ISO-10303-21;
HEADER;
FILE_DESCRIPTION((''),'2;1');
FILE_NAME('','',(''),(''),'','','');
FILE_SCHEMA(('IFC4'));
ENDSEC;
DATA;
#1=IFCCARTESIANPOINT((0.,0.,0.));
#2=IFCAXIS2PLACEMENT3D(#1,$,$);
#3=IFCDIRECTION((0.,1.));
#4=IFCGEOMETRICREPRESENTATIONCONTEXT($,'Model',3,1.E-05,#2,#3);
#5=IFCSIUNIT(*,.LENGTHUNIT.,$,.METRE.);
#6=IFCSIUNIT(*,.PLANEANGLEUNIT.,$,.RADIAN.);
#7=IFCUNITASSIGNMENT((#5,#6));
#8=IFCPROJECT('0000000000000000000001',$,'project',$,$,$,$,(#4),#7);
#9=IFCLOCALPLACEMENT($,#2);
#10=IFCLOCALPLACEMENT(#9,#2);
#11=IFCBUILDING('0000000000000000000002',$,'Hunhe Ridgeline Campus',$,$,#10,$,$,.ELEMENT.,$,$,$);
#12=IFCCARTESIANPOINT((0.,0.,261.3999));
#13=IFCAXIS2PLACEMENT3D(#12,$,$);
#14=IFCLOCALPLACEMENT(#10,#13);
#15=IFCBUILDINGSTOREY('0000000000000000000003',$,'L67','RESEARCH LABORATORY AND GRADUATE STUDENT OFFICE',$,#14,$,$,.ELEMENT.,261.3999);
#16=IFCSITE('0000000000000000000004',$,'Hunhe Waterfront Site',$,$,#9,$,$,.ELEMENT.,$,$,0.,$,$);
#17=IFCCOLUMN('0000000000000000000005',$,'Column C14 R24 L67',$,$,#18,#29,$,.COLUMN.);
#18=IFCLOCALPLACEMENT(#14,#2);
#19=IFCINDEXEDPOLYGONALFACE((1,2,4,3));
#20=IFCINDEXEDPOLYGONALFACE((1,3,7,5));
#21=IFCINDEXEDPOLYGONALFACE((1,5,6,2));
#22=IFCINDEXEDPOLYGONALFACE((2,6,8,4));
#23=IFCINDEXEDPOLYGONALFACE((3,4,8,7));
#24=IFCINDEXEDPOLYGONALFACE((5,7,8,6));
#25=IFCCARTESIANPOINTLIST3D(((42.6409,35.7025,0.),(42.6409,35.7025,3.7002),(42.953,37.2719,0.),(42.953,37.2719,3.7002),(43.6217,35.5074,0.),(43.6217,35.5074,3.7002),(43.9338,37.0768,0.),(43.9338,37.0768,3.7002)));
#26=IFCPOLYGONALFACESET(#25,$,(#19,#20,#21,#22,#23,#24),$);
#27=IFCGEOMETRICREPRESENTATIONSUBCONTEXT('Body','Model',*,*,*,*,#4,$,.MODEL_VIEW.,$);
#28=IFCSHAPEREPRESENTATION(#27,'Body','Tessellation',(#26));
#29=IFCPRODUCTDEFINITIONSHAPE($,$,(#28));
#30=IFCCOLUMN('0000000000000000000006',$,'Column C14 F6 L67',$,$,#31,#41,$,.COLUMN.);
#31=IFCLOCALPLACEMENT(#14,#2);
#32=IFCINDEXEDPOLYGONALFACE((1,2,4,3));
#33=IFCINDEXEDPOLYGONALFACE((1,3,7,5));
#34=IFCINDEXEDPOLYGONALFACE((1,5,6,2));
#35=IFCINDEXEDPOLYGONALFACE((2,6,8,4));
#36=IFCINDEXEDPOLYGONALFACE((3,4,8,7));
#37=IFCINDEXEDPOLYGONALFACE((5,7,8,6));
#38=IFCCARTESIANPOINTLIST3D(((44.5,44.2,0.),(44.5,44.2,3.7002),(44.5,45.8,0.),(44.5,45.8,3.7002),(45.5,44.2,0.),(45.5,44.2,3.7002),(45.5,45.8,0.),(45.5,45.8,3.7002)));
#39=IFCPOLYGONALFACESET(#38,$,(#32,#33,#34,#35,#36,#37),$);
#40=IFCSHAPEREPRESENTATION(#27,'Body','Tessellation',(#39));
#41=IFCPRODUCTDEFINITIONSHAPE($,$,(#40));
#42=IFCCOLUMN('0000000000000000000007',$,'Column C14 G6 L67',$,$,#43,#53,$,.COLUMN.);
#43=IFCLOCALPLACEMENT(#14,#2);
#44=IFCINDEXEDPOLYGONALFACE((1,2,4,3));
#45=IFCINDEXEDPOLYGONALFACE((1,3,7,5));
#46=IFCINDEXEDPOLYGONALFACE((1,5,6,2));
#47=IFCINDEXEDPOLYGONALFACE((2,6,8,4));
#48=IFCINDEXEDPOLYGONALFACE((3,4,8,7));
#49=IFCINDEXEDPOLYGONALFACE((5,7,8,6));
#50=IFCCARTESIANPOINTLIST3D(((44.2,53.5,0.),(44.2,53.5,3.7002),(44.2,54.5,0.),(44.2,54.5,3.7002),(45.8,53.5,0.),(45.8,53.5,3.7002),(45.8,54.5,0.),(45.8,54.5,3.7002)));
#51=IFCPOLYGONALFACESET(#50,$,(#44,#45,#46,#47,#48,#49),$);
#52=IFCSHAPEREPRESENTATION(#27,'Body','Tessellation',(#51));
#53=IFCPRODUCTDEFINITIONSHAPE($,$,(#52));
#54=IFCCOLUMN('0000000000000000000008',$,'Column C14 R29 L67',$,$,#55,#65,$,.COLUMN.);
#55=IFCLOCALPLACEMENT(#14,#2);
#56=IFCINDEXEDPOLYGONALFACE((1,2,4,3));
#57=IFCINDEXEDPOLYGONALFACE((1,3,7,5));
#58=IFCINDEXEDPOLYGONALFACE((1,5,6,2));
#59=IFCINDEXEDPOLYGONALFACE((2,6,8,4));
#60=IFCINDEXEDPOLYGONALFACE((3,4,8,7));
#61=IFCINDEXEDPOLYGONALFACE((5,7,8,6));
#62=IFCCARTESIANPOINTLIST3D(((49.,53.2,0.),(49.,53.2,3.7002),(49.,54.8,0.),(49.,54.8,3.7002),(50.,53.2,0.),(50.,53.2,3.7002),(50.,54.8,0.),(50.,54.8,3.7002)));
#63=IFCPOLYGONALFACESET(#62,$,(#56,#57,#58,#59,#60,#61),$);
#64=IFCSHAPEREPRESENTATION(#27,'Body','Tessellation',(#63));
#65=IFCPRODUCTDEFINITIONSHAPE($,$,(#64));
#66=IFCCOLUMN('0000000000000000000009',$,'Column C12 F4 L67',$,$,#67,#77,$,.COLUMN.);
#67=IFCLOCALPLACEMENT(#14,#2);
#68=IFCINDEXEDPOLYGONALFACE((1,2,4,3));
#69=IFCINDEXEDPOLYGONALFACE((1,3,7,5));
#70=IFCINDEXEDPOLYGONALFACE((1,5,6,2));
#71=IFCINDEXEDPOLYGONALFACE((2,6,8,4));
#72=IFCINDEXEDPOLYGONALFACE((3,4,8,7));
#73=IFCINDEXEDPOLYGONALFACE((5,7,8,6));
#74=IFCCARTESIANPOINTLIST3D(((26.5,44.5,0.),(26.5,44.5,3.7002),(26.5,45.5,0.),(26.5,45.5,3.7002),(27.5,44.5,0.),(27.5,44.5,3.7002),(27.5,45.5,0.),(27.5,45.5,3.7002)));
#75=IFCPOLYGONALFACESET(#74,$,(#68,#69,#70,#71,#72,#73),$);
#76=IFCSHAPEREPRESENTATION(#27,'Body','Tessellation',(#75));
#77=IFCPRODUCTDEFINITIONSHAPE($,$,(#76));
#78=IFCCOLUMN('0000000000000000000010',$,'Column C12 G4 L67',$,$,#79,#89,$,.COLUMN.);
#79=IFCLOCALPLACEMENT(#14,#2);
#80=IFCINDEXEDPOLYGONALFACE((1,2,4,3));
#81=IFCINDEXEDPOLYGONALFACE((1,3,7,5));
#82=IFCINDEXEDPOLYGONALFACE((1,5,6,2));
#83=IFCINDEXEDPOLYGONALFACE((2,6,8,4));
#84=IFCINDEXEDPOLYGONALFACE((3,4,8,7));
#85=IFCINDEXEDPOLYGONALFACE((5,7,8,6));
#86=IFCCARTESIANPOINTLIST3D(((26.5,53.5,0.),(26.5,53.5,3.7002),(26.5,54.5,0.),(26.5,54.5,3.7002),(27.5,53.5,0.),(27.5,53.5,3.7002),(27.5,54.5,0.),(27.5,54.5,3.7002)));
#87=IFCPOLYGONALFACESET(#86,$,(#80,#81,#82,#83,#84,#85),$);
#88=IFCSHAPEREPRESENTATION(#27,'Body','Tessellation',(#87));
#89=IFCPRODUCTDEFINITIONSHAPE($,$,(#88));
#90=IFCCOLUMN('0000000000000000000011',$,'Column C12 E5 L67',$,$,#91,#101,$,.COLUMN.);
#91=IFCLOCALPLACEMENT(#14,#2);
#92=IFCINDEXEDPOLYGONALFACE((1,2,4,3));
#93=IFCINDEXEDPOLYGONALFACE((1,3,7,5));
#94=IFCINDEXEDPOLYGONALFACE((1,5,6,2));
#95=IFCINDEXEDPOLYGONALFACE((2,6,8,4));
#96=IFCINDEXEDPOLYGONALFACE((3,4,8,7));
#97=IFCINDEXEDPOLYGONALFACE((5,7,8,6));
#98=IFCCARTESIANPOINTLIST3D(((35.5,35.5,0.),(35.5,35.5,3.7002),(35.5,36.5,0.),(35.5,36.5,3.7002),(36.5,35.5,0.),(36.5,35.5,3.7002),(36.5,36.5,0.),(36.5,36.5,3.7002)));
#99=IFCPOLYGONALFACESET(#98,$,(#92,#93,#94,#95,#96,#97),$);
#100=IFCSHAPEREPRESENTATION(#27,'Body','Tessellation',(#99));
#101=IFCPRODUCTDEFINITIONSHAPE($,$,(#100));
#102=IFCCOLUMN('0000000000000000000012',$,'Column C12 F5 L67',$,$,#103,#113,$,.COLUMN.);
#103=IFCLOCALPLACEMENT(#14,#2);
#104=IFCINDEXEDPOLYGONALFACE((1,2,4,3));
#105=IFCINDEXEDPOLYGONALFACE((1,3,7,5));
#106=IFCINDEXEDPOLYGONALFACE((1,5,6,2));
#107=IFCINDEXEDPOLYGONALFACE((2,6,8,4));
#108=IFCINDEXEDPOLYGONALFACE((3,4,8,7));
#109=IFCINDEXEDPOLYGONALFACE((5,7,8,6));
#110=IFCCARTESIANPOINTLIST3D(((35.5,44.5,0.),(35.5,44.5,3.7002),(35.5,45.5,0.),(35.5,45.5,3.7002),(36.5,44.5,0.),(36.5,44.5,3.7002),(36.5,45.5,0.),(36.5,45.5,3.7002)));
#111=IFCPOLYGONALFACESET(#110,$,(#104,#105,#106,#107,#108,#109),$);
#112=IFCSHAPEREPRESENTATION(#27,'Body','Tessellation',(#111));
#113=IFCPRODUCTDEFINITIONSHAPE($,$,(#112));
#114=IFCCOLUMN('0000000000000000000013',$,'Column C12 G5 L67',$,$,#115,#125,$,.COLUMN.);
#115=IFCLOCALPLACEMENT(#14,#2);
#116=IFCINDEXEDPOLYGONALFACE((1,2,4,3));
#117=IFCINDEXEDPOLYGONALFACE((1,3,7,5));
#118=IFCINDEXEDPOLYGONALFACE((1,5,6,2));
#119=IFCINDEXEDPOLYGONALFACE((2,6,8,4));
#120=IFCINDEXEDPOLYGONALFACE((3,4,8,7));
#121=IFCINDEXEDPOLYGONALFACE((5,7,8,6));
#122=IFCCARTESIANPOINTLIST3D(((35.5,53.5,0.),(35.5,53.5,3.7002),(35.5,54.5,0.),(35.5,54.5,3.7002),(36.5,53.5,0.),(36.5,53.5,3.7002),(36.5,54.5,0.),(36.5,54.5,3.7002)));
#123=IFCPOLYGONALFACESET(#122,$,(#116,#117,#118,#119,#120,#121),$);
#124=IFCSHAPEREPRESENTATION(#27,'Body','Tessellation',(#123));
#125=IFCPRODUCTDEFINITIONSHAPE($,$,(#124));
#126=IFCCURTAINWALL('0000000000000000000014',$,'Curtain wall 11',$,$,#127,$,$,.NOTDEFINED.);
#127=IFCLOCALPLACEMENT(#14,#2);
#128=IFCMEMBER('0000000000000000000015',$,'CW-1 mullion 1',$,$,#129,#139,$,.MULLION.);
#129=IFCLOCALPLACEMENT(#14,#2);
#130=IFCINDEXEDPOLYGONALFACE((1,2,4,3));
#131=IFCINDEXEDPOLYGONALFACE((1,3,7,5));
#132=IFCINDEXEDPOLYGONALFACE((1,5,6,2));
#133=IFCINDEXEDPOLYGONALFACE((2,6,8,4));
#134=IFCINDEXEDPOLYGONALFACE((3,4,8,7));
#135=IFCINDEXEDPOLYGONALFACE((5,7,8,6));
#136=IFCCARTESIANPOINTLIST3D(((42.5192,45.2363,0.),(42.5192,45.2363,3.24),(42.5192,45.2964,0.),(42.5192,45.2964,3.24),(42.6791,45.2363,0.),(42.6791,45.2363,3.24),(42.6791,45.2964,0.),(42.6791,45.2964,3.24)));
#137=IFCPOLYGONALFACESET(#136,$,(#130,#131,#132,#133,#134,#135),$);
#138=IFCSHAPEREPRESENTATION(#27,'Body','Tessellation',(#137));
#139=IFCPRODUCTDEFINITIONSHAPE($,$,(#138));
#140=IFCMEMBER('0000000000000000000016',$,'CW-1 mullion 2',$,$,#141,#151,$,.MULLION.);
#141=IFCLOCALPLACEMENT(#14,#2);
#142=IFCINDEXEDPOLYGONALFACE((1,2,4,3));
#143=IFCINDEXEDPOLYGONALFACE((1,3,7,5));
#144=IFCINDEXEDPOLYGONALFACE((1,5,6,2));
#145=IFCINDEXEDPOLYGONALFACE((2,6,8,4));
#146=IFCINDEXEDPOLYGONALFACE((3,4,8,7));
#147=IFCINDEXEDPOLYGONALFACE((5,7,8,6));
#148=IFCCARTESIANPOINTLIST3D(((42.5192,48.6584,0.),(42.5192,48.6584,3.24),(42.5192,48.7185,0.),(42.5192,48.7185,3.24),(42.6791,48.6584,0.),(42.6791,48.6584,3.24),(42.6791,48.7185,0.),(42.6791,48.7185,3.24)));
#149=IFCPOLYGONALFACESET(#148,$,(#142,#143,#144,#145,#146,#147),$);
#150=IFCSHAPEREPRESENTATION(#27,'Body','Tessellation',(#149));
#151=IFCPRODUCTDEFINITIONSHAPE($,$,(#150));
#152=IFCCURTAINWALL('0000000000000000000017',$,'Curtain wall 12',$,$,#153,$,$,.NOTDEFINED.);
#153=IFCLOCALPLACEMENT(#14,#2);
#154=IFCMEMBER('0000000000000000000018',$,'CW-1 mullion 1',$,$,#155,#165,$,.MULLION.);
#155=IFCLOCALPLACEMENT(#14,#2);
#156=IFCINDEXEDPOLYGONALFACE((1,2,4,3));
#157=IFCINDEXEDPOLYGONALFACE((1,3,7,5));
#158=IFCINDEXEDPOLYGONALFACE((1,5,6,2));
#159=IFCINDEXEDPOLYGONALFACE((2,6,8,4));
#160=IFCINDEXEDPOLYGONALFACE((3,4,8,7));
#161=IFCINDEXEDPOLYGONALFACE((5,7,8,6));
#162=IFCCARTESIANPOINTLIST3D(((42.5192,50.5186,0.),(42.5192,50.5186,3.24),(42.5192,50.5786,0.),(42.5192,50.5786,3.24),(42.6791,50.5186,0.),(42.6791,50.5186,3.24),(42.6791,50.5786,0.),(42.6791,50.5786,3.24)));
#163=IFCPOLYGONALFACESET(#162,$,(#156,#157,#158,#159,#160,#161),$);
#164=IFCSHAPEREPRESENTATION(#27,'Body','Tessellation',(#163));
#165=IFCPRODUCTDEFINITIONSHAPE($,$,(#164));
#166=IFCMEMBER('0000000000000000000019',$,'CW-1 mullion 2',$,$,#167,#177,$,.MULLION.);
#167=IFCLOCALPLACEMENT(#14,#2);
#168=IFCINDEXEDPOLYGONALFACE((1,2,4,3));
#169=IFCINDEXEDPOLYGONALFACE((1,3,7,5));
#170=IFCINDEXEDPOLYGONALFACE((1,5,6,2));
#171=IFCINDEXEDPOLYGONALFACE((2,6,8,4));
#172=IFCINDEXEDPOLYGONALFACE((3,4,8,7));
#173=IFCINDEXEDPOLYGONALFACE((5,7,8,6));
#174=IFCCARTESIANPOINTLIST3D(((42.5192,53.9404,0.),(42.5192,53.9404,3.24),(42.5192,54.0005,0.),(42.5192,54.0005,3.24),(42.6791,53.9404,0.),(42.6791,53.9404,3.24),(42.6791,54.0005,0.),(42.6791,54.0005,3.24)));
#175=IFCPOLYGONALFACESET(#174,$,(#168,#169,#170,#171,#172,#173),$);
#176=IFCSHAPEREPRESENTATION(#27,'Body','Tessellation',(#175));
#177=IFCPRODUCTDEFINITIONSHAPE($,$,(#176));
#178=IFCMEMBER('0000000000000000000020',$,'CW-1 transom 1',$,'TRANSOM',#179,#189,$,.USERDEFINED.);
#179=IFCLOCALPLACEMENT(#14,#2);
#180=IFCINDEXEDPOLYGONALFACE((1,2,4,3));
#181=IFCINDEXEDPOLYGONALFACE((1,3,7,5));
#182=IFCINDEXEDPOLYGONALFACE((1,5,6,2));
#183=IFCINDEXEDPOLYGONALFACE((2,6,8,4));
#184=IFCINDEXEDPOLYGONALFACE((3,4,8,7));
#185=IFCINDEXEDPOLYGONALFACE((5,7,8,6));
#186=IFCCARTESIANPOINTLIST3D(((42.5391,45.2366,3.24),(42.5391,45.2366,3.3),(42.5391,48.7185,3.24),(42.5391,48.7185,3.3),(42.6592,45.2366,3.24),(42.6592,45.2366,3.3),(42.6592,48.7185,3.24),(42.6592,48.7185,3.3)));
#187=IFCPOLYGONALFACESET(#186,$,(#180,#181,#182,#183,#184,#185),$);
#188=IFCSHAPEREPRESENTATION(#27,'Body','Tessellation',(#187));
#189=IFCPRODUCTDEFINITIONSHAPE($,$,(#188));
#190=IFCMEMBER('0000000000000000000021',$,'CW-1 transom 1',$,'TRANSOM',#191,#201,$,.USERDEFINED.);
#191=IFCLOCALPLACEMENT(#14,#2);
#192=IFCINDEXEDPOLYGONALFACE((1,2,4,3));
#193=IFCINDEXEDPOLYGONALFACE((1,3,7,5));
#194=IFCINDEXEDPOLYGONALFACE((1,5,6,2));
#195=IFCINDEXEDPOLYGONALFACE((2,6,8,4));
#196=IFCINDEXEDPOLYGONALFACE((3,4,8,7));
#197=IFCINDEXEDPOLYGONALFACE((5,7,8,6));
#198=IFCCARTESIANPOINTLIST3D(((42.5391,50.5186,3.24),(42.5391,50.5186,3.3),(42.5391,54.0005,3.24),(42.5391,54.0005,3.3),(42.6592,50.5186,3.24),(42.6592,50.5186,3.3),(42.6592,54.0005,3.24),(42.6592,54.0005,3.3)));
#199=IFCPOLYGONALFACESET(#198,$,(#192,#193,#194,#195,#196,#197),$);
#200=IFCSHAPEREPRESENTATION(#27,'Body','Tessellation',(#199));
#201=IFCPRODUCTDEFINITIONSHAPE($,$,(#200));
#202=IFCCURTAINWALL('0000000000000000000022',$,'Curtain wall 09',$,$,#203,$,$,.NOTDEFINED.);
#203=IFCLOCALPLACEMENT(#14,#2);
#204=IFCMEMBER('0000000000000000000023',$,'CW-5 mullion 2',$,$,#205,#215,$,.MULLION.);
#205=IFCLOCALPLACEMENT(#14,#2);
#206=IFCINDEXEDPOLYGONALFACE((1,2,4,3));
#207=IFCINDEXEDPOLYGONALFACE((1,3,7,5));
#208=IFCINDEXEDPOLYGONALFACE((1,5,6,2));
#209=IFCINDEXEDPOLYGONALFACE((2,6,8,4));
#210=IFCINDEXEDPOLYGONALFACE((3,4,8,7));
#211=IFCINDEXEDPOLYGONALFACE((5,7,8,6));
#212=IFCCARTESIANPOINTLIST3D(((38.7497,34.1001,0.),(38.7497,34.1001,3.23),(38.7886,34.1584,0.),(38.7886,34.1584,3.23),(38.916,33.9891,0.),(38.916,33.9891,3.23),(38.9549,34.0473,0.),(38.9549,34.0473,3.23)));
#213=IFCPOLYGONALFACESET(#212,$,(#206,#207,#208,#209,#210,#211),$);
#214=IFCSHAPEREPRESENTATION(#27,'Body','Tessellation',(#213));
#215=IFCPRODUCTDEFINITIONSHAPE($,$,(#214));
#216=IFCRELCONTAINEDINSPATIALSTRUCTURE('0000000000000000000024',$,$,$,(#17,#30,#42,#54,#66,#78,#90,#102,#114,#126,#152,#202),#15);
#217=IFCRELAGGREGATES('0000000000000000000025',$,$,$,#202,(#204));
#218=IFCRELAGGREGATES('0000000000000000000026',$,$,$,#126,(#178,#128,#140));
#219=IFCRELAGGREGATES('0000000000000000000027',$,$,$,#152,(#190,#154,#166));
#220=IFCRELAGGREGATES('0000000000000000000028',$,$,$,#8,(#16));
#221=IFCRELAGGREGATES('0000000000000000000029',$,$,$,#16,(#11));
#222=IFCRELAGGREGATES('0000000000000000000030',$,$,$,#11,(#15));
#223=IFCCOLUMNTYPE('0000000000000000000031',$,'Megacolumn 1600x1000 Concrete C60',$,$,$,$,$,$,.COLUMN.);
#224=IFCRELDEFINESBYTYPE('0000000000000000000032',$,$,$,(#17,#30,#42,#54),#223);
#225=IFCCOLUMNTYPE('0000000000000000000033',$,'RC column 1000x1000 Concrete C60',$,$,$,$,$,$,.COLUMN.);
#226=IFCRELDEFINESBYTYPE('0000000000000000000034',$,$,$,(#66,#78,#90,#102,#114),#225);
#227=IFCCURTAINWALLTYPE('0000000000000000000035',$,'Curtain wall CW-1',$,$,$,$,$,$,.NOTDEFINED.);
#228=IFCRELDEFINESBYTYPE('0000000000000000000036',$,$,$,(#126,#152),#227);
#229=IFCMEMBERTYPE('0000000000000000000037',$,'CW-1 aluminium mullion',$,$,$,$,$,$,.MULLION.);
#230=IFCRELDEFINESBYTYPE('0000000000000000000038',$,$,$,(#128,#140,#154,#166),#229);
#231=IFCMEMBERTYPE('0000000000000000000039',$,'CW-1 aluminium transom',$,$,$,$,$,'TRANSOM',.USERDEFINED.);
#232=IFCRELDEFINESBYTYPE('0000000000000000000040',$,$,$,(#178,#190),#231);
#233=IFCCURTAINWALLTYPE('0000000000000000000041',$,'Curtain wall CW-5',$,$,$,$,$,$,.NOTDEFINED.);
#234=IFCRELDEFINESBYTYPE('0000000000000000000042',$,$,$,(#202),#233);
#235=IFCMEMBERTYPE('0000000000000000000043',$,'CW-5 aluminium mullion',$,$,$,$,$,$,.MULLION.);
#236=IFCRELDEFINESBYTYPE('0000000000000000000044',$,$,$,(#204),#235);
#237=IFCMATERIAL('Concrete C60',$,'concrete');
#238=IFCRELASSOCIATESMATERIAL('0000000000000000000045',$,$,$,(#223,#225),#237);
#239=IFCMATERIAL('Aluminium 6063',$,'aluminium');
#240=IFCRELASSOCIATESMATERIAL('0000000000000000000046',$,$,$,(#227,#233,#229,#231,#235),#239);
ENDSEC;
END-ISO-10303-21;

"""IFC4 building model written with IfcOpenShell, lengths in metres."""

from ifc_helpers import new_model, si_unit, direction, frame, origin, origin_2d, place, context, subcontext, project, spatial, rectangle, extrude, material, material_profile, profile_set, type_object, element, aggregate, save


model = new_model("IFC4")

# Units and contexts
model_context = context("Model", 3, precision=1e-05, world=origin(), true_north=direction((0.0, 1.0)))
body_context = subcontext(model_context, "Body", "Model", "MODEL_VIEW")
ifc_project = project(units=[si_unit("LENGTHUNIT", "METRE"), si_unit("PLANEANGLEUNIT", "RADIAN")], contexts=[model_context])

# Site, building, storey
site_placement = place(None, origin())
site = spatial("IfcSite", under=ifc_project, at=site_placement, Name="Hunhe Waterfront Site", CompositionType="ELEMENT", RefElevation=0.0)
building_placement = place(site_placement, origin())
building = spatial("IfcBuilding", under=site, at=building_placement, Name="Hunhe Ridgeline Campus", CompositionType="ELEMENT")
storey_placement = place(building_placement, frame((0.0, 0.0, 261.3999)))
storey = spatial("IfcBuildingStorey", under=building, at=storey_placement, Name="L67", Description="RESEARCH LABORATORY AND GRADUATE STUDENT OFFICE", CompositionType="ELEMENT", Elevation=261.3999)

# Columns
ifc_material_1 = material(Name="Concrete C60", Category="concrete")
ifc_material_profile_1 = material_profile(ifc_material_1, rectangle(XDim=1.6001, YDim=1.0, at=origin_2d()))
ifc_profile_set_1 = profile_set([ifc_material_profile_1], Name="Concrete C60")
column_type_1 = type_object("IfcColumnType", Name="Megacolumn 1600x1000 Concrete C60", PredefinedType="COLUMN", material=ifc_profile_set_1)
for number, where, z_axis, x_axis, name in (
    (1, (43.2874, 36.3896, 0.0), (0.0, 0.0, 1.0), (0.19509, 0.980785, 0.0), "Column C14 R24 L67"),
    (2, (45.0, 45.0, 0.0), (0.0, 0.0, 1.0), (0.0, 1.0, 0.0), "Column C14 F6 L67"),
    (3, (45.0, 54.0, 0.0), (0.0, 0.0, 1.0), (1.0, 0.0, 0.0), "Column C14 G6 L67"),
    (4, (49.5, 54.0, 0.0), (0.0, 0.0, 1.0), (0.0, 1.0, 0.0), "Column C14 R29 L67"),
):
    element("IfcColumn", number, at=place(storey_placement, frame(where, z_axis=z_axis, x_axis=x_axis)), inside=storey, type_object=column_type_1, Name=name, PredefinedType="COLUMN", context=body_context, shape_type="SweptSolid", body=[
        extrude(rectangle(XDim=1.6001, YDim=1.0, at=origin_2d()), origin(), (0.0, 0.0, 1.0), 3.7002),
    ])
ifc_material_profile_2 = material_profile(ifc_material_1, rectangle(XDim=1.0, YDim=1.0, at=origin_2d()))
ifc_profile_set_2 = profile_set([ifc_material_profile_2], Name="Concrete C60")
column_type_2 = type_object("IfcColumnType", Name="RC column 1000x1000 Concrete C60", PredefinedType="COLUMN", material=ifc_profile_set_2)
for number, where, z_axis, x_axis, name in (
    (5, (27.0, 45.0, 0.0), (0.0, 0.0, 1.0), (1.0, 0.0, 0.0), "Column C12 F4 L67"),
    (6, (27.0, 54.0, 0.0), (0.0, 0.0, 1.0), (1.0, 0.0, 0.0), "Column C12 G4 L67"),
    (7, (36.0, 36.0, 0.0), (0.0, 0.0, 1.0), (1.0, 0.0, 0.0), "Column C12 E5 L67"),
    (8, (36.0, 45.0, 0.0), (0.0, 0.0, 1.0), (1.0, 0.0, 0.0), "Column C12 F5 L67"),
    (9, (36.0, 54.0, 0.0), (0.0, 0.0, 1.0), (1.0, 0.0, 0.0), "Column C12 G5 L67"),
):
    element("IfcColumn", number, at=place(storey_placement, frame(where, z_axis=z_axis, x_axis=x_axis)), inside=storey, type_object=column_type_2, Name=name, PredefinedType="COLUMN", context=body_context, shape_type="SweptSolid", body=[
        extrude(rectangle(XDim=1.0, YDim=1.0, at=origin_2d()), origin(), (0.0, 0.0, 1.0), 3.7002),
    ])

# Curtain walls, members
ifc_material_2 = material(Name="Aluminium 6063", Category="aluminium")
curtain_wall_type_1 = type_object("IfcCurtainWallType", Name="Curtain wall CW-1", PredefinedType="NOTDEFINED", material=ifc_material_2)
curtain_wall_1_placement = place(storey_placement, origin())
curtain_wall_1 = element("IfcCurtainWall", 10, at=curtain_wall_1_placement, inside=storey, type_object=curtain_wall_type_1, Name="Curtain wall 11", PredefinedType="NOTDEFINED")
ifc_material_profile_3 = material_profile(ifc_material_2, rectangle(XDim=0.1599, YDim=0.0601, at=origin_2d()))
ifc_profile_set_3 = profile_set([ifc_material_profile_3], Name="Aluminium 6063")
member_type_1 = type_object("IfcMemberType", Name="CW-1 aluminium mullion", PredefinedType="MULLION", material=ifc_profile_set_3)
member_1_placement = place(storey_placement, frame((42.5991, 45.2664, 0.0), z_axis=(0.0, 0.0, 1.0), x_axis=(-1.0, 0.000019, 0.0)))
member_1 = element("IfcMember", 11, at=member_1_placement, type_object=member_type_1, Name="CW-1 mullion 1", PredefinedType="MULLION", context=body_context, shape_type="SweptSolid", body=[
    extrude(rectangle(XDim=0.1599, YDim=0.0601, at=origin_2d()), origin(), (0.0, 0.0, 1.0), 3.24),
])
member_2_placement = place(storey_placement, frame((42.5991, 48.6885, 0.0), z_axis=(0.0, 0.0, 1.0), x_axis=(-1.0, 0.000019, 0.0)))
member_2 = element("IfcMember", 12, at=member_2_placement, type_object=member_type_1, Name="CW-1 mullion 2", PredefinedType="MULLION", context=body_context, shape_type="SweptSolid", body=[
    extrude(rectangle(XDim=0.1599, YDim=0.0601, at=origin_2d()), origin(), (0.0, 0.0, 1.0), 3.24),
])
curtain_wall_2_placement = place(storey_placement, origin())
curtain_wall_2 = element("IfcCurtainWall", 13, at=curtain_wall_2_placement, inside=storey, type_object=curtain_wall_type_1, Name="Curtain wall 12", PredefinedType="NOTDEFINED")
member_3_placement = place(storey_placement, frame((42.5991, 50.5486, 0.0), z_axis=(0.0, 0.0, 1.0), x_axis=(-1.0, 0.000019, 0.0)))
member_3 = element("IfcMember", 14, at=member_3_placement, type_object=member_type_1, Name="CW-1 mullion 1", PredefinedType="MULLION", context=body_context, shape_type="SweptSolid", body=[
    extrude(rectangle(XDim=0.1599, YDim=0.0601, at=origin_2d()), origin(), (0.0, 0.0, 1.0), 3.24),
])
member_4_placement = place(storey_placement, frame((42.5991, 53.9705, 0.0), z_axis=(0.0, 0.0, 1.0), x_axis=(-1.0, 0.000019, 0.0)))
member_4 = element("IfcMember", 15, at=member_4_placement, type_object=member_type_1, Name="CW-1 mullion 2", PredefinedType="MULLION", context=body_context, shape_type="SweptSolid", body=[
    extrude(rectangle(XDim=0.1599, YDim=0.0601, at=origin_2d()), origin(), (0.0, 0.0, 1.0), 3.24),
])

# Members
ifc_material_profile_4 = material_profile(ifc_material_2, rectangle(XDim=0.1201, YDim=0.0601, at=origin_2d()))
ifc_profile_set_4 = profile_set([ifc_material_profile_4], Name="Aluminium 6063")
member_type_2 = type_object("IfcMemberType", Name="CW-1 aluminium transom", ElementType="TRANSOM", PredefinedType="USERDEFINED", material=ifc_profile_set_4)
member_5_placement = place(storey_placement, frame((42.5991, 45.2366, 3.27), z_axis=(0.0, 1.0, 0.0), x_axis=(-1.0, 0.0, 0.0)))
member_5 = element("IfcMember", 16, at=member_5_placement, type_object=member_type_2, Name="CW-1 transom 1", ObjectType="TRANSOM", PredefinedType="USERDEFINED", context=body_context, shape_type="SweptSolid", body=[
    extrude(rectangle(XDim=0.1201, YDim=0.0601, at=origin_2d()), origin(), (0.0, 0.0, 1.0), 3.4819),
])
member_6_placement = place(storey_placement, frame((42.5991, 50.5186, 3.27), z_axis=(0.0, 1.0, 0.0), x_axis=(-1.0, 0.0, 0.0)))
member_6 = element("IfcMember", 17, at=member_6_placement, type_object=member_type_2, Name="CW-1 transom 1", ObjectType="TRANSOM", PredefinedType="USERDEFINED", context=body_context, shape_type="SweptSolid", body=[
    extrude(rectangle(XDim=0.1201, YDim=0.0601, at=origin_2d()), origin(), (0.0, 0.0, 1.0), 3.4819),
])

# Curtain wall, member
curtain_wall_type_2 = type_object("IfcCurtainWallType", Name="Curtain wall CW-5", PredefinedType="NOTDEFINED", material=ifc_material_2)
curtain_wall_3_placement = place(storey_placement, origin())
curtain_wall_3 = element("IfcCurtainWall", 18, at=curtain_wall_3_placement, inside=storey, type_object=curtain_wall_type_2, Name="Curtain wall 09", PredefinedType="NOTDEFINED")
ifc_material_profile_5 = material_profile(ifc_material_2, rectangle(XDim=0.2, YDim=0.0701, at=origin_2d()))
ifc_profile_set_5 = profile_set([ifc_material_profile_5], Name="Aluminium 6063")
member_type_3 = type_object("IfcMemberType", Name="CW-5 aluminium mullion", PredefinedType="MULLION", material=ifc_profile_set_5)
member_7_placement = place(storey_placement, frame((38.8523, 34.0737, 0.0), z_axis=(0.0, 0.0, 1.0), x_axis=(-0.83147, 0.55557, 0.0)))
member_7 = element("IfcMember", 19, at=member_7_placement, type_object=member_type_3, Name="CW-5 mullion 2", PredefinedType="MULLION", context=body_context, shape_type="SweptSolid", body=[
    extrude(rectangle(XDim=0.2, YDim=0.0701, at=origin_2d()), origin(), (0.0, 0.0, 1.0), 3.23),
])

aggregate(curtain_wall_3, [member_7])
aggregate(curtain_wall_1, [member_5, member_1, member_2])
aggregate(curtain_wall_2, [member_6, member_3, member_4])

save(model, "model.ifc")
